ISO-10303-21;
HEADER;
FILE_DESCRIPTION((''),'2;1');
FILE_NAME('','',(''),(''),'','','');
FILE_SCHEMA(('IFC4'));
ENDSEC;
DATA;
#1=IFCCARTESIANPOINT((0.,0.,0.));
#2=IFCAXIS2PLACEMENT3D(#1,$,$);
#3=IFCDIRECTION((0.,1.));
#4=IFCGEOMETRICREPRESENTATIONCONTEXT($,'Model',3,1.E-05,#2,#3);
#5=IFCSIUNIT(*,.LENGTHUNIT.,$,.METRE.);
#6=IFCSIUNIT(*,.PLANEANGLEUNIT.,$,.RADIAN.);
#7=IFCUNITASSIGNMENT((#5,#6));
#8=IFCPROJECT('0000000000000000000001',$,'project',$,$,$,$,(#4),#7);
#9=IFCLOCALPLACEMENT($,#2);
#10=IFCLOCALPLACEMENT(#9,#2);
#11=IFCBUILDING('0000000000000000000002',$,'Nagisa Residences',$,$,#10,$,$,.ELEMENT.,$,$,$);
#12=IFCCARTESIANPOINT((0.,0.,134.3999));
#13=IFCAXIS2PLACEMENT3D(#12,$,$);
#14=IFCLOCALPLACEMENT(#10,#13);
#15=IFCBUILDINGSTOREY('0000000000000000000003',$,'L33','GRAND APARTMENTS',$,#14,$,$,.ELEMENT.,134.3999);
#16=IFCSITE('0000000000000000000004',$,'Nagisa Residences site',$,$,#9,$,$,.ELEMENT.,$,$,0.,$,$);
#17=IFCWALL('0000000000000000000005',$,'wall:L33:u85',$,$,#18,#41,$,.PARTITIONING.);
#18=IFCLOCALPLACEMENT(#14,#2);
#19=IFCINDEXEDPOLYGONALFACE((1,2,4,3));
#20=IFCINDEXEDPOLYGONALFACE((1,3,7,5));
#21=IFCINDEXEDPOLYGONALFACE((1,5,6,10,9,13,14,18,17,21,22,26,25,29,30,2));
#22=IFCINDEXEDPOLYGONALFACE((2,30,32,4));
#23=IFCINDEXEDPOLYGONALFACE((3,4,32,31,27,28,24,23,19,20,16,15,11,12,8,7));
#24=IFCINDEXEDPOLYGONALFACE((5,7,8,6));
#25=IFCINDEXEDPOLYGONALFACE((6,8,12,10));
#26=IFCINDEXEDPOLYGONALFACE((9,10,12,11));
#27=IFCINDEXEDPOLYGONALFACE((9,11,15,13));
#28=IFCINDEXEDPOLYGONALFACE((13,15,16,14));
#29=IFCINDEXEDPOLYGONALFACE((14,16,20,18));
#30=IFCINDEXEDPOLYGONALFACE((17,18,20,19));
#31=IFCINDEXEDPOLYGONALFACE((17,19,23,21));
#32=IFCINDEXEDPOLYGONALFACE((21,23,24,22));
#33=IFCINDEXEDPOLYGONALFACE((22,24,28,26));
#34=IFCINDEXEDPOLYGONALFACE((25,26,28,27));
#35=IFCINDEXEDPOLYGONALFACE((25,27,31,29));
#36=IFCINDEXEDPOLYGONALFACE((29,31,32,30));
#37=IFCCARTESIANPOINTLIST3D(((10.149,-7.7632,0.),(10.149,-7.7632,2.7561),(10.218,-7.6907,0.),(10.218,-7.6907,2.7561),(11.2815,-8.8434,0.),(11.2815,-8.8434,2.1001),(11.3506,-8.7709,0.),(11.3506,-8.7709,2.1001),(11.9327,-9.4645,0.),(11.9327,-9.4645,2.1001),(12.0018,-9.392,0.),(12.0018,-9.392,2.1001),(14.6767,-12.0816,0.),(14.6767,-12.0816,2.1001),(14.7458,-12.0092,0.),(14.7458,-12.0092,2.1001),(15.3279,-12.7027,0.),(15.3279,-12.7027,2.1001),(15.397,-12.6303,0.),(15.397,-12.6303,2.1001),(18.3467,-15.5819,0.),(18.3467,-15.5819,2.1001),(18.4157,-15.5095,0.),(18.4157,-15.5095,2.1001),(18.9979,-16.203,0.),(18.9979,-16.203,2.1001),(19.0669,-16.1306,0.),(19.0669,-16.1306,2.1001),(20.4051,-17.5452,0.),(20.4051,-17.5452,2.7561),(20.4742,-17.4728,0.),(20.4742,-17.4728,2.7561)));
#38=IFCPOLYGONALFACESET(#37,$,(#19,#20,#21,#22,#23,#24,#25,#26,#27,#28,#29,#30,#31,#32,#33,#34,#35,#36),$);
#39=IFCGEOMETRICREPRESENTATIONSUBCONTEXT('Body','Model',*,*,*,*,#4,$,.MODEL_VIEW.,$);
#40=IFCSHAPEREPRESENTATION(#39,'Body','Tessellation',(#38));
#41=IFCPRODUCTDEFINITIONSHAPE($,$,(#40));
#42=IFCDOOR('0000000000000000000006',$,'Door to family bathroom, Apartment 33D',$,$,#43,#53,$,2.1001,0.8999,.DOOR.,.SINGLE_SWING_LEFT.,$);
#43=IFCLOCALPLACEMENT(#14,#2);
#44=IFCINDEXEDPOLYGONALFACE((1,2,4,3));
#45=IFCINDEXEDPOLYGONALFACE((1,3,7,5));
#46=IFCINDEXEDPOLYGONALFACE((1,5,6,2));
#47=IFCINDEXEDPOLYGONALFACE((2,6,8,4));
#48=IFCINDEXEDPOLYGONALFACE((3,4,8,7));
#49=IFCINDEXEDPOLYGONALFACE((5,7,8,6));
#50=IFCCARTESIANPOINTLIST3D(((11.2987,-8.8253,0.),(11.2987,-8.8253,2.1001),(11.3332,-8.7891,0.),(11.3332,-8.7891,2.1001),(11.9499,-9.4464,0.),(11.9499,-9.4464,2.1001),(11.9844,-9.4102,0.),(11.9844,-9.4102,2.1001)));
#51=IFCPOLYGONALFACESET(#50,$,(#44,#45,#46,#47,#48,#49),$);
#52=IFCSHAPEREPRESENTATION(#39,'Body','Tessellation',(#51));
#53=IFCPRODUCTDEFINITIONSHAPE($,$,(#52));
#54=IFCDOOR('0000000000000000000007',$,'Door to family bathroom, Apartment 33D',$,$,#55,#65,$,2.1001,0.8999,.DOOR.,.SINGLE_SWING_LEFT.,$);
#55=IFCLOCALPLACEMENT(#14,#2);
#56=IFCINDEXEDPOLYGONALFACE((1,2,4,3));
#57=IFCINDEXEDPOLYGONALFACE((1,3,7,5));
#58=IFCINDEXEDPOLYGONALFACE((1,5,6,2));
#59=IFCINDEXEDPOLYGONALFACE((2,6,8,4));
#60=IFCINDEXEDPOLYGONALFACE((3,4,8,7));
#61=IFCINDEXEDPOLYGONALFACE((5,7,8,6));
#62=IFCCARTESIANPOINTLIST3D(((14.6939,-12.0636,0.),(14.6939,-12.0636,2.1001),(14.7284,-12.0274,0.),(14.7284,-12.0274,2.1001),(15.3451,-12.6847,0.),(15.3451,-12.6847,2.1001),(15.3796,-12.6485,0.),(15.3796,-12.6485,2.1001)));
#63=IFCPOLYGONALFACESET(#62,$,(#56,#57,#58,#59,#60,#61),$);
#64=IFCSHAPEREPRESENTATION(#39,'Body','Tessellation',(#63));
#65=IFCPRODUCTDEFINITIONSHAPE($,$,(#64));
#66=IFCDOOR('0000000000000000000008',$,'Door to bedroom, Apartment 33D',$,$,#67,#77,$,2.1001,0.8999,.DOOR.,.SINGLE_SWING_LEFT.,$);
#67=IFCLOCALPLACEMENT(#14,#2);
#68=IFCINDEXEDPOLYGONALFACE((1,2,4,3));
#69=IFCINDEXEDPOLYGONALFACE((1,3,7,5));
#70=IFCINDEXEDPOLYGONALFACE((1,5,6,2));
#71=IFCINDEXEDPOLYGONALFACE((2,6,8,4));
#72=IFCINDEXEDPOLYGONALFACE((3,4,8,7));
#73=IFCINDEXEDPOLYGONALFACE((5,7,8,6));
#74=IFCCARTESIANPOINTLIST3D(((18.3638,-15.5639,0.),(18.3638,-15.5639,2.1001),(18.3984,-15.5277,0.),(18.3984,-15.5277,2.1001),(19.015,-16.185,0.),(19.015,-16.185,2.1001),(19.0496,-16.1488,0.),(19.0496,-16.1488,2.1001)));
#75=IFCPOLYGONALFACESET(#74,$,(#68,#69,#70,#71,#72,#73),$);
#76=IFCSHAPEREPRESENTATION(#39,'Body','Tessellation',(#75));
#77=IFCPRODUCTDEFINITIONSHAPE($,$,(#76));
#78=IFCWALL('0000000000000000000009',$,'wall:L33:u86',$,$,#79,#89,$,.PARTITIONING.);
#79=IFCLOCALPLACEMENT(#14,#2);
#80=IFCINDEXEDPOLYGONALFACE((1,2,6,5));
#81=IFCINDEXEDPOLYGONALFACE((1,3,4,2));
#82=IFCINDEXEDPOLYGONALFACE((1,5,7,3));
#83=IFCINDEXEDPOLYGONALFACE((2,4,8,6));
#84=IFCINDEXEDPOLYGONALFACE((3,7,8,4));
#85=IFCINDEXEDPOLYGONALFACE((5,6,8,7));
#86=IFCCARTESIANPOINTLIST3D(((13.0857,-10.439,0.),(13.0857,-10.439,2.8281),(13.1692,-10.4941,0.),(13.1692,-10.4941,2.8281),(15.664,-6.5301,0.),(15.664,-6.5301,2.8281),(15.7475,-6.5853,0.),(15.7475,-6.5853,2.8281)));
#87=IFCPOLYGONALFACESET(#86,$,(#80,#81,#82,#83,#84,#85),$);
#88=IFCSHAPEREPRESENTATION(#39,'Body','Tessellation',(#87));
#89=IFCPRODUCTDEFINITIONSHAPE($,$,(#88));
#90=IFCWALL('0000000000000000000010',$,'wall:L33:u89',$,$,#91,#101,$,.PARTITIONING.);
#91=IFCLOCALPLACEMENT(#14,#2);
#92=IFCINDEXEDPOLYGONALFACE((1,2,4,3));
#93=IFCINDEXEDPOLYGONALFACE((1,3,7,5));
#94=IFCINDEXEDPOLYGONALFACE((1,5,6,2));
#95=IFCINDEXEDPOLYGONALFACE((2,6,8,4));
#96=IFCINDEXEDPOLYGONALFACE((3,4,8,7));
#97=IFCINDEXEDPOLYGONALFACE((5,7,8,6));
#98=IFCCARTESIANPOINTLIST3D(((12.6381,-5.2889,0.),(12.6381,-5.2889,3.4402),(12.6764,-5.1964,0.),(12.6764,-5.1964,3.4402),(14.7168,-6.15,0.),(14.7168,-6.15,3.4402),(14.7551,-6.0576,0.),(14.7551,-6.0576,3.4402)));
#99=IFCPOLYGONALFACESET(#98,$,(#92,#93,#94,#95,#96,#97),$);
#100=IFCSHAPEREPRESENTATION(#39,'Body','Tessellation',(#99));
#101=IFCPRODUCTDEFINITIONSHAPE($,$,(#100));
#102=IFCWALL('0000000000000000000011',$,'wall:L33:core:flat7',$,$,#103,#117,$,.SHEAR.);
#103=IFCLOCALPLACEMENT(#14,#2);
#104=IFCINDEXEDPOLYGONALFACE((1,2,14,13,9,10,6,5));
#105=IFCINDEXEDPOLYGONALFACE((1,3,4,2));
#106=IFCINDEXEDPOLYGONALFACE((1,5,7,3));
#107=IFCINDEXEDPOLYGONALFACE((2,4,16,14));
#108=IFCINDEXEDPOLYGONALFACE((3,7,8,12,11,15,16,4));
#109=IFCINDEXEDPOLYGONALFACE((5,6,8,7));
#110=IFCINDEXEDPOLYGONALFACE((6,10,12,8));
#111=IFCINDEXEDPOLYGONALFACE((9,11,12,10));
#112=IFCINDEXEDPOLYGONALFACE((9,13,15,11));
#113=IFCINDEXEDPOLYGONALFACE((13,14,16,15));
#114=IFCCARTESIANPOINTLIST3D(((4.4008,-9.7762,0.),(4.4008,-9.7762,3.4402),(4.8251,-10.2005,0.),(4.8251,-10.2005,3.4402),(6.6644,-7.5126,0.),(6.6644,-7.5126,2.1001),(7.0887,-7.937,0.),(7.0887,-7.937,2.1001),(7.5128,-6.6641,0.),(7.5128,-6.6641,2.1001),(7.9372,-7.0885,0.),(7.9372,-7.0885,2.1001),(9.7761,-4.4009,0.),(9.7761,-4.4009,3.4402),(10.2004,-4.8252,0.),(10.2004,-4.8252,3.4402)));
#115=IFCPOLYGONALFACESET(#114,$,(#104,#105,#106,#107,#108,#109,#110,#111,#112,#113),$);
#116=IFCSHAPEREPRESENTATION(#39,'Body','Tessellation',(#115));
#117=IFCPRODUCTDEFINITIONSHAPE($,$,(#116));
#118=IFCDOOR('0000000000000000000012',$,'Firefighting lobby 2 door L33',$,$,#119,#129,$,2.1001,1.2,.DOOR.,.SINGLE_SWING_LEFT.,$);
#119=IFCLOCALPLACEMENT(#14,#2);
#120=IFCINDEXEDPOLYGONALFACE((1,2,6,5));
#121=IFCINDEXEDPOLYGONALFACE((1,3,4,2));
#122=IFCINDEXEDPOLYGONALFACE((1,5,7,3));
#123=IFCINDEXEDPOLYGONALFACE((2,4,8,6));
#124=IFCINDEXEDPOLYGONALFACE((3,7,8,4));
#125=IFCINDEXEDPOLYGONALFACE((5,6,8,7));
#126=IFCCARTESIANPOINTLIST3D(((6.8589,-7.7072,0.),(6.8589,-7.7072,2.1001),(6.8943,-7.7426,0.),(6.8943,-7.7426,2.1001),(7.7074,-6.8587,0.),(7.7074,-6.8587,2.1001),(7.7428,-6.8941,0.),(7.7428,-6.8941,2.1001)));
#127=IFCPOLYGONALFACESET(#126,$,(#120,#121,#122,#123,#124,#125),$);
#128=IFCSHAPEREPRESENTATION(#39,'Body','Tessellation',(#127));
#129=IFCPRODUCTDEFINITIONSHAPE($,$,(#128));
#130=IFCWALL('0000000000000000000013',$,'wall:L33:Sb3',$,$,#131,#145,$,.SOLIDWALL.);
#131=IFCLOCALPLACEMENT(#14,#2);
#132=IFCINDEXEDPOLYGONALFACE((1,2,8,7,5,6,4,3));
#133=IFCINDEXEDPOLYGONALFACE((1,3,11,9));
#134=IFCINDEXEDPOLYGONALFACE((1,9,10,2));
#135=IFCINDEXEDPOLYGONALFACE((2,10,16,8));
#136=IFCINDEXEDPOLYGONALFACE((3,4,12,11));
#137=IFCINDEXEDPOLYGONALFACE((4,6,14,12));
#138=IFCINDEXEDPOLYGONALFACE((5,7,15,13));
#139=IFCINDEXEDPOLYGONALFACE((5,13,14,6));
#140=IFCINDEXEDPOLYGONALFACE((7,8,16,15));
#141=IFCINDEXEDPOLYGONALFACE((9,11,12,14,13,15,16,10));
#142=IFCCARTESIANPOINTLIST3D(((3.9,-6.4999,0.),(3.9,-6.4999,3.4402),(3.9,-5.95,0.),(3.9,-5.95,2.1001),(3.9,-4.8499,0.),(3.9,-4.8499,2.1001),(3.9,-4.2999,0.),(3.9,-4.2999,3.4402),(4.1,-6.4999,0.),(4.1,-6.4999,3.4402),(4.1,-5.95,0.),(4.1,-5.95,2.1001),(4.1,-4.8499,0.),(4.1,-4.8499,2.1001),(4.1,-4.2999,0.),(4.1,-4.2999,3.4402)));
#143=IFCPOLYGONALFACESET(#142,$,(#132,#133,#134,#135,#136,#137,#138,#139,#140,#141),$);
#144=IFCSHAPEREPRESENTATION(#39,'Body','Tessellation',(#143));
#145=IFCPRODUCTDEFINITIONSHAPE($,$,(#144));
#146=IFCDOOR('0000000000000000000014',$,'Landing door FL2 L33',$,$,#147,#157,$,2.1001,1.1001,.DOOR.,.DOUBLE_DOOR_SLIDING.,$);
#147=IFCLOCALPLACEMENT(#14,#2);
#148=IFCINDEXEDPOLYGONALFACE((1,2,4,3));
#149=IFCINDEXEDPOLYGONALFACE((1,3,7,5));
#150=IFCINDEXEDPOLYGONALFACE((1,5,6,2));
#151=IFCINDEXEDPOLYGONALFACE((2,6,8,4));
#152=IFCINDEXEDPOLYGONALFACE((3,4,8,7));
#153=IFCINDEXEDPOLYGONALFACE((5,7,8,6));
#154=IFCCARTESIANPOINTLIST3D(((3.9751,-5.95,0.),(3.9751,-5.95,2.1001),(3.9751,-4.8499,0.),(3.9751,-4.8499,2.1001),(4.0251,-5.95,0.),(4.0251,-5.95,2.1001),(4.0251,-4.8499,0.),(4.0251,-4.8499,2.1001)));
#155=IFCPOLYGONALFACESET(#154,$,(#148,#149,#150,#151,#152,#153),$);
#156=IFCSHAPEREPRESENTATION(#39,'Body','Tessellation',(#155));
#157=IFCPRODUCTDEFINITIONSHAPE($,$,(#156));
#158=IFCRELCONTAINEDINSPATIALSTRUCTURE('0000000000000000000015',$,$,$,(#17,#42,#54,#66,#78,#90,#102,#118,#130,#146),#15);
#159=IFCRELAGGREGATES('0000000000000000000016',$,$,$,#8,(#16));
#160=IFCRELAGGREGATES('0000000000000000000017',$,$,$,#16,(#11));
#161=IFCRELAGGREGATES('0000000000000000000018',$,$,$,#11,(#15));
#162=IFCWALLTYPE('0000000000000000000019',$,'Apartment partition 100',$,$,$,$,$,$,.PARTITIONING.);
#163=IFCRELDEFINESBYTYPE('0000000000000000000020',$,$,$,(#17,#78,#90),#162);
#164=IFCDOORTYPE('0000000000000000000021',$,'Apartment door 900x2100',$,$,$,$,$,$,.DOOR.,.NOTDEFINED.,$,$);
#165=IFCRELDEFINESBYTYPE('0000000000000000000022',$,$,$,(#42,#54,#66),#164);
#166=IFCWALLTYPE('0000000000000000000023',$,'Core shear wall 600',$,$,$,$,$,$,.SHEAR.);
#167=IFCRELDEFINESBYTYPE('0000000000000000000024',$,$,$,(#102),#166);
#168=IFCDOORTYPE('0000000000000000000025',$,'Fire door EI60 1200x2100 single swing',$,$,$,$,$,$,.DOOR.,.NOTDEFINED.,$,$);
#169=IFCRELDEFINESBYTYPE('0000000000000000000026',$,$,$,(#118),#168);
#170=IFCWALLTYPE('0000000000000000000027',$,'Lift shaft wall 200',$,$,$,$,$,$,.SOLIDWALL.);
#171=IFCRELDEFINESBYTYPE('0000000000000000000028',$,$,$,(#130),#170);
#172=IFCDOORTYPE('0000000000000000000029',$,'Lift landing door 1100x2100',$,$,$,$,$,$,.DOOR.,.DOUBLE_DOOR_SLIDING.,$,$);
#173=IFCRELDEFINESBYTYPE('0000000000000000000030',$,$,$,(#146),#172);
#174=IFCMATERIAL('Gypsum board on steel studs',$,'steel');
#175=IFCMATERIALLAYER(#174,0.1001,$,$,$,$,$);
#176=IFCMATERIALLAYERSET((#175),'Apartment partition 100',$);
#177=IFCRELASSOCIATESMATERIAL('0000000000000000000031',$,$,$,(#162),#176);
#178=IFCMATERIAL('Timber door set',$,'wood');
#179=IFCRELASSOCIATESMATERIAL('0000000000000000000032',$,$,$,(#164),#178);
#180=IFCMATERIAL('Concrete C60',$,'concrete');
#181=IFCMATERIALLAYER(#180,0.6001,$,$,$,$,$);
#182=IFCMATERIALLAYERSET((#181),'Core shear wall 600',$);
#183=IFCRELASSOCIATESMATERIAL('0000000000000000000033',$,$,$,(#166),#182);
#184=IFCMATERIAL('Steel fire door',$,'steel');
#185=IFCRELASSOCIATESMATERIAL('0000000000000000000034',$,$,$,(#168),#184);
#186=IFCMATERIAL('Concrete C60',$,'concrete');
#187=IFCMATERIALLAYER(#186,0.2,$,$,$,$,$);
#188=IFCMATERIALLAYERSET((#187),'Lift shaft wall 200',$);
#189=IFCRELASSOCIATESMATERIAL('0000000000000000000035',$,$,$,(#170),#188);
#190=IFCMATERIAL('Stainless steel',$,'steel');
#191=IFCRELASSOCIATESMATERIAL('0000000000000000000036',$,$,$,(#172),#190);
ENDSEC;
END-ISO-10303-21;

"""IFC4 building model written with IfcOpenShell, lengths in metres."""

from ifc_helpers import new_model, si_unit, direction, frame, frame_2d, origin, place, context, subcontext, project, spatial, rectangle, extrude, material, layer, layer_set, type_object, element, fill, save


model = new_model("IFC4")

# Units and contexts
model_context = context("Model", 3, precision=1e-05, world=origin(), true_north=direction((0.0, 1.0)))
body_context = subcontext(model_context, "Body", "Model", "MODEL_VIEW")
ifc_project = project(units=[si_unit("LENGTHUNIT", "METRE"), si_unit("PLANEANGLEUNIT", "RADIAN")], contexts=[model_context])

# Site, building, storey
site_placement = place(None, origin())
site = spatial("IfcSite", under=ifc_project, at=site_placement, Name="Nagisa Residences site", CompositionType="ELEMENT", RefElevation=0.0)
building_placement = place(site_placement, origin())
building = spatial("IfcBuilding", under=site, at=building_placement, Name="Nagisa Residences", CompositionType="ELEMENT")
storey_placement = place(building_placement, frame((0.0, 0.0, 134.3999)))
storey = spatial("IfcBuildingStorey", under=building, at=storey_placement, Name="L33", Description="GRAND APARTMENTS", CompositionType="ELEMENT", Elevation=134.3999)

# Shared definitions
ifc_material_1 = material(Name="Gypsum board on steel studs", Category="steel")
ifc_layer_1 = layer(ifc_material_1, 0.1001)
ifc_layer_set_1 = layer_set([ifc_layer_1], Name="Apartment partition 100")
wall_type_1 = type_object("IfcWallType", Name="Apartment partition 100", PredefinedType="PARTITIONING", material=ifc_layer_set_1)
ifc_material_2 = material(Name="Timber door set", Category="wood")
door_type_1 = type_object("IfcDoorType", Name="Apartment door 900x2100", OperationType="NOTDEFINED", PredefinedType="DOOR", material=ifc_material_2)

# Wall, openings, doors
wall_1_placement = place(storey_placement, frame((10.1836, -7.7271, 0.0), z_axis=(0.0, 0.0, 1.0), x_axis=(0.723635, -0.690183, 0.0)))
wall_1 = element("IfcWall", 1, at=wall_1_placement, inside=storey, type_object=wall_type_1, Name="wall:L33:u85", PredefinedType="PARTITIONING", context=body_context, shape_type="SweptSolid", body=[
    extrude(rectangle(XDim=14.1731, YDim=0.1001, at=frame_2d((7.0864, 0.0))), origin(), (0.0, 0.0, 1.0), 2.7561),
])
opening_1_placement = place(wall_1_placement, frame((1.5649, 0.0, 0.0)))
opening_1 = element("IfcOpeningElement", 2, at=opening_1_placement, cuts=wall_1, PredefinedType="OPENING", context=body_context, shape_type="SweptSolid", body=[
    extrude(rectangle(XDim=0.8999, YDim=2.1001, at=frame_2d((0.45, 1.05))), frame((0.0, 0.0601, 0.0), z_axis=(0.0, -1.0, 0.0), x_axis=(1.0, 0.0, 0.0)), (0.0, 0.0, 1.0), 0.1201),
])
opening_2_placement = place(wall_1_placement, frame((6.2568, 0.0, 0.0)))
opening_2 = element("IfcOpeningElement", 3, at=opening_2_placement, cuts=wall_1, PredefinedType="OPENING", context=body_context, shape_type="SweptSolid", body=[
    extrude(rectangle(XDim=0.8999, YDim=2.1001, at=frame_2d((0.45, 1.05))), frame((0.0, 0.0601, 0.0), z_axis=(0.0, -1.0, 0.0), x_axis=(1.0, 0.0, 0.0)), (0.0, 0.0, 1.0), 0.1201),
])
opening_3_placement = place(wall_1_placement, frame((11.3284, 0.0, 0.0)))
opening_3 = element("IfcOpeningElement", 4, at=opening_3_placement, cuts=wall_1, PredefinedType="OPENING", context=body_context, shape_type="SweptSolid", body=[
    extrude(rectangle(XDim=0.8999, YDim=2.1001, at=frame_2d((0.45, 1.05))), frame((0.0, 0.0601, 0.0), z_axis=(0.0, -1.0, 0.0), x_axis=(1.0, 0.0, 0.0)), (0.0, 0.0, 1.0), 0.1201),
])
door_1_placement = place(opening_1_placement, origin())
door_1 = element("IfcDoor", 5, at=door_1_placement, inside=storey, type_object=door_type_1, Name="Door to family bathroom, Apartment 33D", OperationType="SINGLE_SWING_LEFT", OverallHeight=2.1001, OverallWidth=0.8999, PredefinedType="DOOR", context=body_context, shape_type="SweptSolid", body=[
    extrude(rectangle(XDim=0.8999, YDim=2.1001, at=frame_2d((0.45, 1.05))), frame((0.0, 0.0249, 0.0), z_axis=(0.0, -1.0, 0.0), x_axis=(1.0, 0.0, 0.0)), (0.0, 0.0, 1.0), 0.05),
])
fill(opening_1, door_1)
door_2_placement = place(opening_2_placement, origin())
door_2 = element("IfcDoor", 6, at=door_2_placement, inside=storey, type_object=door_type_1, Name="Door to family bathroom, Apartment 33D", OperationType="SINGLE_SWING_LEFT", OverallHeight=2.1001, OverallWidth=0.8999, PredefinedType="DOOR", context=body_context, shape_type="SweptSolid", body=[
    extrude(rectangle(XDim=0.8999, YDim=2.1001, at=frame_2d((0.45, 1.05))), frame((0.0, 0.0249, 0.0), z_axis=(0.0, -1.0, 0.0), x_axis=(1.0, 0.0, 0.0)), (0.0, 0.0, 1.0), 0.05),
])
fill(opening_2, door_2)
door_3_placement = place(opening_3_placement, origin())
door_3 = element("IfcDoor", 7, at=door_3_placement, inside=storey, type_object=door_type_1, Name="Door to bedroom, Apartment 33D", OperationType="SINGLE_SWING_LEFT", OverallHeight=2.1001, OverallWidth=0.8999, PredefinedType="DOOR", context=body_context, shape_type="SweptSolid", body=[
    extrude(rectangle(XDim=0.8999, YDim=2.1001, at=frame_2d((0.45, 1.05))), frame((0.0, 0.0249, 0.0), z_axis=(0.0, -1.0, 0.0), x_axis=(1.0, 0.0, 0.0)), (0.0, 0.0, 1.0), 0.05),
])
fill(opening_3, door_3)

# Walls
wall_2_placement = place(storey_placement, frame((13.1274, -10.4666, 0.0), z_axis=(0.0, 0.0, 1.0), x_axis=(0.550615, 0.834759, 0.0)))
element("IfcWall", 8, at=wall_2_placement, inside=storey, type_object=wall_type_1, Name="wall:L33:u86", PredefinedType="PARTITIONING", context=body_context, shape_type="SweptSolid", body=[
    extrude(rectangle(XDim=4.6826, YDim=0.1001, at=frame_2d((2.3413, 0.0))), origin(), (0.0, 0.0, 1.0), 2.8281),
])
wall_3_placement = place(storey_placement, frame((12.6572, -5.2427, 0.0), z_axis=(0.0, 0.0, 1.0), x_axis=(0.923865, -0.382719, 0.0)))
element("IfcWall", 9, at=wall_3_placement, inside=storey, type_object=wall_type_1, Name="wall:L33:u89", PredefinedType="PARTITIONING", context=body_context, shape_type="SweptSolid", body=[
    extrude(rectangle(XDim=2.25, YDim=0.1001, at=frame_2d((1.125, 0.0))), origin(), (0.0, 0.0, 1.0), 3.4402),
])

# Walls, openings, doors
ifc_material_3 = material(Name="Concrete C60", Category="concrete")
ifc_layer_2 = layer(ifc_material_3, 0.6001)
ifc_layer_set_2 = layer_set([ifc_layer_2], Name="Core shear wall 600")
wall_type_2 = type_object("IfcWallType", Name="Core shear wall 600", PredefinedType="SHEAR", material=ifc_layer_set_2)
wall_4_placement = place(storey_placement, frame((4.613, -9.9883, 0.0), z_axis=(0.0, 0.0, 1.0), x_axis=(0.707107, 0.707107, 0.0)))
wall_4 = element("IfcWall", 10, at=wall_4_placement, inside=storey, type_object=wall_type_2, Name="wall:L33:core:flat7", PredefinedType="SHEAR", context=body_context, shape_type="SweptSolid", body=[
    extrude(rectangle(XDim=7.6018, YDim=0.6001, at=frame_2d((3.8008, 0.0))), origin(), (0.0, 0.0, 1.0), 3.4402),
])
opening_4_placement = place(wall_4_placement, frame((3.2009, 0.0, 0.0)))
opening_4 = element("IfcOpeningElement", 11, at=opening_4_placement, cuts=wall_4, PredefinedType="OPENING", context=body_context, shape_type="SweptSolid", body=[
    extrude(rectangle(XDim=1.2, YDim=2.1001, at=frame_2d((0.6001, 1.05))), frame((0.0, 0.3101, 0.0), z_axis=(0.0, -1.0, 0.0), x_axis=(1.0, 0.0, 0.0)), (0.0, 0.0, 1.0), 0.6201),
])
ifc_material_4 = material(Name="Steel fire door", Category="steel")
door_type_2 = type_object("IfcDoorType", Name="Fire door EI60 1200x2100 single swing", OperationType="NOTDEFINED", PredefinedType="DOOR", material=ifc_material_4)
door_4_placement = place(opening_4_placement, origin())
door_4 = element("IfcDoor", 12, at=door_4_placement, inside=storey, type_object=door_type_2, Name="Firefighting lobby 2 door L33", OperationType="SINGLE_SWING_LEFT", OverallHeight=2.1001, OverallWidth=1.2, PredefinedType="DOOR", context=body_context, shape_type="SweptSolid", body=[
    extrude(rectangle(XDim=1.2, YDim=2.1001, at=frame_2d((0.6001, 1.05))), frame((0.0, 0.0249, 0.0), z_axis=(0.0, -1.0, 0.0), x_axis=(1.0, 0.0, 0.0)), (0.0, 0.0, 1.0), 0.05),
])
fill(opening_4, door_4)
ifc_material_5 = material(Name="Concrete C60", Category="concrete")
ifc_layer_3 = layer(ifc_material_5, 0.2)
ifc_layer_set_3 = layer_set([ifc_layer_3], Name="Lift shaft wall 200")
wall_type_3 = type_object("IfcWallType", Name="Lift shaft wall 200", PredefinedType="SOLIDWALL", material=ifc_layer_set_3)
wall_5_placement = place(storey_placement, frame((4.0, -6.5, 0.0), z_axis=(0.0, 0.0, 1.0), x_axis=(0.0, 1.0, 0.0)))
wall_5 = element("IfcWall", 13, at=wall_5_placement, inside=storey, type_object=wall_type_3, Name="wall:L33:Sb3", PredefinedType="SOLIDWALL", context=body_context, shape_type="SweptSolid", body=[
    extrude(rectangle(XDim=2.2, YDim=0.2, at=frame_2d((1.1001, 0.0))), origin(), (0.0, 0.0, 1.0), 3.4402),
])
opening_5_placement = place(wall_5_placement, frame((0.55, 0.0, 0.0)))
opening_5 = element("IfcOpeningElement", 14, at=opening_5_placement, cuts=wall_5, PredefinedType="OPENING", context=body_context, shape_type="SweptSolid", body=[
    extrude(rectangle(XDim=1.1001, YDim=2.1001, at=frame_2d((0.55, 1.05))), frame((0.0, 0.1099, 0.0), z_axis=(0.0, -1.0, 0.0), x_axis=(1.0, 0.0, 0.0)), (0.0, 0.0, 1.0), 0.22),
])
ifc_material_6 = material(Name="Stainless steel", Category="steel")
door_type_3 = type_object("IfcDoorType", Name="Lift landing door 1100x2100", OperationType="DOUBLE_DOOR_SLIDING", PredefinedType="DOOR", material=ifc_material_6)
door_5_placement = place(opening_5_placement, origin())
door_5 = element("IfcDoor", 15, at=door_5_placement, inside=storey, type_object=door_type_3, Name="Landing door FL2 L33", OperationType="DOUBLE_DOOR_SLIDING", OverallHeight=2.1001, OverallWidth=1.1001, PredefinedType="DOOR", context=body_context, shape_type="SweptSolid", body=[
    extrude(rectangle(XDim=1.1001, YDim=2.1001, at=frame_2d((0.55, 1.05))), frame((0.0, 0.0249, 0.0), z_axis=(0.0, -1.0, 0.0), x_axis=(1.0, 0.0, 0.0)), (0.0, 0.0, 1.0), 0.05),
])
fill(opening_5, door_5)

save(model, "model.ifc")
